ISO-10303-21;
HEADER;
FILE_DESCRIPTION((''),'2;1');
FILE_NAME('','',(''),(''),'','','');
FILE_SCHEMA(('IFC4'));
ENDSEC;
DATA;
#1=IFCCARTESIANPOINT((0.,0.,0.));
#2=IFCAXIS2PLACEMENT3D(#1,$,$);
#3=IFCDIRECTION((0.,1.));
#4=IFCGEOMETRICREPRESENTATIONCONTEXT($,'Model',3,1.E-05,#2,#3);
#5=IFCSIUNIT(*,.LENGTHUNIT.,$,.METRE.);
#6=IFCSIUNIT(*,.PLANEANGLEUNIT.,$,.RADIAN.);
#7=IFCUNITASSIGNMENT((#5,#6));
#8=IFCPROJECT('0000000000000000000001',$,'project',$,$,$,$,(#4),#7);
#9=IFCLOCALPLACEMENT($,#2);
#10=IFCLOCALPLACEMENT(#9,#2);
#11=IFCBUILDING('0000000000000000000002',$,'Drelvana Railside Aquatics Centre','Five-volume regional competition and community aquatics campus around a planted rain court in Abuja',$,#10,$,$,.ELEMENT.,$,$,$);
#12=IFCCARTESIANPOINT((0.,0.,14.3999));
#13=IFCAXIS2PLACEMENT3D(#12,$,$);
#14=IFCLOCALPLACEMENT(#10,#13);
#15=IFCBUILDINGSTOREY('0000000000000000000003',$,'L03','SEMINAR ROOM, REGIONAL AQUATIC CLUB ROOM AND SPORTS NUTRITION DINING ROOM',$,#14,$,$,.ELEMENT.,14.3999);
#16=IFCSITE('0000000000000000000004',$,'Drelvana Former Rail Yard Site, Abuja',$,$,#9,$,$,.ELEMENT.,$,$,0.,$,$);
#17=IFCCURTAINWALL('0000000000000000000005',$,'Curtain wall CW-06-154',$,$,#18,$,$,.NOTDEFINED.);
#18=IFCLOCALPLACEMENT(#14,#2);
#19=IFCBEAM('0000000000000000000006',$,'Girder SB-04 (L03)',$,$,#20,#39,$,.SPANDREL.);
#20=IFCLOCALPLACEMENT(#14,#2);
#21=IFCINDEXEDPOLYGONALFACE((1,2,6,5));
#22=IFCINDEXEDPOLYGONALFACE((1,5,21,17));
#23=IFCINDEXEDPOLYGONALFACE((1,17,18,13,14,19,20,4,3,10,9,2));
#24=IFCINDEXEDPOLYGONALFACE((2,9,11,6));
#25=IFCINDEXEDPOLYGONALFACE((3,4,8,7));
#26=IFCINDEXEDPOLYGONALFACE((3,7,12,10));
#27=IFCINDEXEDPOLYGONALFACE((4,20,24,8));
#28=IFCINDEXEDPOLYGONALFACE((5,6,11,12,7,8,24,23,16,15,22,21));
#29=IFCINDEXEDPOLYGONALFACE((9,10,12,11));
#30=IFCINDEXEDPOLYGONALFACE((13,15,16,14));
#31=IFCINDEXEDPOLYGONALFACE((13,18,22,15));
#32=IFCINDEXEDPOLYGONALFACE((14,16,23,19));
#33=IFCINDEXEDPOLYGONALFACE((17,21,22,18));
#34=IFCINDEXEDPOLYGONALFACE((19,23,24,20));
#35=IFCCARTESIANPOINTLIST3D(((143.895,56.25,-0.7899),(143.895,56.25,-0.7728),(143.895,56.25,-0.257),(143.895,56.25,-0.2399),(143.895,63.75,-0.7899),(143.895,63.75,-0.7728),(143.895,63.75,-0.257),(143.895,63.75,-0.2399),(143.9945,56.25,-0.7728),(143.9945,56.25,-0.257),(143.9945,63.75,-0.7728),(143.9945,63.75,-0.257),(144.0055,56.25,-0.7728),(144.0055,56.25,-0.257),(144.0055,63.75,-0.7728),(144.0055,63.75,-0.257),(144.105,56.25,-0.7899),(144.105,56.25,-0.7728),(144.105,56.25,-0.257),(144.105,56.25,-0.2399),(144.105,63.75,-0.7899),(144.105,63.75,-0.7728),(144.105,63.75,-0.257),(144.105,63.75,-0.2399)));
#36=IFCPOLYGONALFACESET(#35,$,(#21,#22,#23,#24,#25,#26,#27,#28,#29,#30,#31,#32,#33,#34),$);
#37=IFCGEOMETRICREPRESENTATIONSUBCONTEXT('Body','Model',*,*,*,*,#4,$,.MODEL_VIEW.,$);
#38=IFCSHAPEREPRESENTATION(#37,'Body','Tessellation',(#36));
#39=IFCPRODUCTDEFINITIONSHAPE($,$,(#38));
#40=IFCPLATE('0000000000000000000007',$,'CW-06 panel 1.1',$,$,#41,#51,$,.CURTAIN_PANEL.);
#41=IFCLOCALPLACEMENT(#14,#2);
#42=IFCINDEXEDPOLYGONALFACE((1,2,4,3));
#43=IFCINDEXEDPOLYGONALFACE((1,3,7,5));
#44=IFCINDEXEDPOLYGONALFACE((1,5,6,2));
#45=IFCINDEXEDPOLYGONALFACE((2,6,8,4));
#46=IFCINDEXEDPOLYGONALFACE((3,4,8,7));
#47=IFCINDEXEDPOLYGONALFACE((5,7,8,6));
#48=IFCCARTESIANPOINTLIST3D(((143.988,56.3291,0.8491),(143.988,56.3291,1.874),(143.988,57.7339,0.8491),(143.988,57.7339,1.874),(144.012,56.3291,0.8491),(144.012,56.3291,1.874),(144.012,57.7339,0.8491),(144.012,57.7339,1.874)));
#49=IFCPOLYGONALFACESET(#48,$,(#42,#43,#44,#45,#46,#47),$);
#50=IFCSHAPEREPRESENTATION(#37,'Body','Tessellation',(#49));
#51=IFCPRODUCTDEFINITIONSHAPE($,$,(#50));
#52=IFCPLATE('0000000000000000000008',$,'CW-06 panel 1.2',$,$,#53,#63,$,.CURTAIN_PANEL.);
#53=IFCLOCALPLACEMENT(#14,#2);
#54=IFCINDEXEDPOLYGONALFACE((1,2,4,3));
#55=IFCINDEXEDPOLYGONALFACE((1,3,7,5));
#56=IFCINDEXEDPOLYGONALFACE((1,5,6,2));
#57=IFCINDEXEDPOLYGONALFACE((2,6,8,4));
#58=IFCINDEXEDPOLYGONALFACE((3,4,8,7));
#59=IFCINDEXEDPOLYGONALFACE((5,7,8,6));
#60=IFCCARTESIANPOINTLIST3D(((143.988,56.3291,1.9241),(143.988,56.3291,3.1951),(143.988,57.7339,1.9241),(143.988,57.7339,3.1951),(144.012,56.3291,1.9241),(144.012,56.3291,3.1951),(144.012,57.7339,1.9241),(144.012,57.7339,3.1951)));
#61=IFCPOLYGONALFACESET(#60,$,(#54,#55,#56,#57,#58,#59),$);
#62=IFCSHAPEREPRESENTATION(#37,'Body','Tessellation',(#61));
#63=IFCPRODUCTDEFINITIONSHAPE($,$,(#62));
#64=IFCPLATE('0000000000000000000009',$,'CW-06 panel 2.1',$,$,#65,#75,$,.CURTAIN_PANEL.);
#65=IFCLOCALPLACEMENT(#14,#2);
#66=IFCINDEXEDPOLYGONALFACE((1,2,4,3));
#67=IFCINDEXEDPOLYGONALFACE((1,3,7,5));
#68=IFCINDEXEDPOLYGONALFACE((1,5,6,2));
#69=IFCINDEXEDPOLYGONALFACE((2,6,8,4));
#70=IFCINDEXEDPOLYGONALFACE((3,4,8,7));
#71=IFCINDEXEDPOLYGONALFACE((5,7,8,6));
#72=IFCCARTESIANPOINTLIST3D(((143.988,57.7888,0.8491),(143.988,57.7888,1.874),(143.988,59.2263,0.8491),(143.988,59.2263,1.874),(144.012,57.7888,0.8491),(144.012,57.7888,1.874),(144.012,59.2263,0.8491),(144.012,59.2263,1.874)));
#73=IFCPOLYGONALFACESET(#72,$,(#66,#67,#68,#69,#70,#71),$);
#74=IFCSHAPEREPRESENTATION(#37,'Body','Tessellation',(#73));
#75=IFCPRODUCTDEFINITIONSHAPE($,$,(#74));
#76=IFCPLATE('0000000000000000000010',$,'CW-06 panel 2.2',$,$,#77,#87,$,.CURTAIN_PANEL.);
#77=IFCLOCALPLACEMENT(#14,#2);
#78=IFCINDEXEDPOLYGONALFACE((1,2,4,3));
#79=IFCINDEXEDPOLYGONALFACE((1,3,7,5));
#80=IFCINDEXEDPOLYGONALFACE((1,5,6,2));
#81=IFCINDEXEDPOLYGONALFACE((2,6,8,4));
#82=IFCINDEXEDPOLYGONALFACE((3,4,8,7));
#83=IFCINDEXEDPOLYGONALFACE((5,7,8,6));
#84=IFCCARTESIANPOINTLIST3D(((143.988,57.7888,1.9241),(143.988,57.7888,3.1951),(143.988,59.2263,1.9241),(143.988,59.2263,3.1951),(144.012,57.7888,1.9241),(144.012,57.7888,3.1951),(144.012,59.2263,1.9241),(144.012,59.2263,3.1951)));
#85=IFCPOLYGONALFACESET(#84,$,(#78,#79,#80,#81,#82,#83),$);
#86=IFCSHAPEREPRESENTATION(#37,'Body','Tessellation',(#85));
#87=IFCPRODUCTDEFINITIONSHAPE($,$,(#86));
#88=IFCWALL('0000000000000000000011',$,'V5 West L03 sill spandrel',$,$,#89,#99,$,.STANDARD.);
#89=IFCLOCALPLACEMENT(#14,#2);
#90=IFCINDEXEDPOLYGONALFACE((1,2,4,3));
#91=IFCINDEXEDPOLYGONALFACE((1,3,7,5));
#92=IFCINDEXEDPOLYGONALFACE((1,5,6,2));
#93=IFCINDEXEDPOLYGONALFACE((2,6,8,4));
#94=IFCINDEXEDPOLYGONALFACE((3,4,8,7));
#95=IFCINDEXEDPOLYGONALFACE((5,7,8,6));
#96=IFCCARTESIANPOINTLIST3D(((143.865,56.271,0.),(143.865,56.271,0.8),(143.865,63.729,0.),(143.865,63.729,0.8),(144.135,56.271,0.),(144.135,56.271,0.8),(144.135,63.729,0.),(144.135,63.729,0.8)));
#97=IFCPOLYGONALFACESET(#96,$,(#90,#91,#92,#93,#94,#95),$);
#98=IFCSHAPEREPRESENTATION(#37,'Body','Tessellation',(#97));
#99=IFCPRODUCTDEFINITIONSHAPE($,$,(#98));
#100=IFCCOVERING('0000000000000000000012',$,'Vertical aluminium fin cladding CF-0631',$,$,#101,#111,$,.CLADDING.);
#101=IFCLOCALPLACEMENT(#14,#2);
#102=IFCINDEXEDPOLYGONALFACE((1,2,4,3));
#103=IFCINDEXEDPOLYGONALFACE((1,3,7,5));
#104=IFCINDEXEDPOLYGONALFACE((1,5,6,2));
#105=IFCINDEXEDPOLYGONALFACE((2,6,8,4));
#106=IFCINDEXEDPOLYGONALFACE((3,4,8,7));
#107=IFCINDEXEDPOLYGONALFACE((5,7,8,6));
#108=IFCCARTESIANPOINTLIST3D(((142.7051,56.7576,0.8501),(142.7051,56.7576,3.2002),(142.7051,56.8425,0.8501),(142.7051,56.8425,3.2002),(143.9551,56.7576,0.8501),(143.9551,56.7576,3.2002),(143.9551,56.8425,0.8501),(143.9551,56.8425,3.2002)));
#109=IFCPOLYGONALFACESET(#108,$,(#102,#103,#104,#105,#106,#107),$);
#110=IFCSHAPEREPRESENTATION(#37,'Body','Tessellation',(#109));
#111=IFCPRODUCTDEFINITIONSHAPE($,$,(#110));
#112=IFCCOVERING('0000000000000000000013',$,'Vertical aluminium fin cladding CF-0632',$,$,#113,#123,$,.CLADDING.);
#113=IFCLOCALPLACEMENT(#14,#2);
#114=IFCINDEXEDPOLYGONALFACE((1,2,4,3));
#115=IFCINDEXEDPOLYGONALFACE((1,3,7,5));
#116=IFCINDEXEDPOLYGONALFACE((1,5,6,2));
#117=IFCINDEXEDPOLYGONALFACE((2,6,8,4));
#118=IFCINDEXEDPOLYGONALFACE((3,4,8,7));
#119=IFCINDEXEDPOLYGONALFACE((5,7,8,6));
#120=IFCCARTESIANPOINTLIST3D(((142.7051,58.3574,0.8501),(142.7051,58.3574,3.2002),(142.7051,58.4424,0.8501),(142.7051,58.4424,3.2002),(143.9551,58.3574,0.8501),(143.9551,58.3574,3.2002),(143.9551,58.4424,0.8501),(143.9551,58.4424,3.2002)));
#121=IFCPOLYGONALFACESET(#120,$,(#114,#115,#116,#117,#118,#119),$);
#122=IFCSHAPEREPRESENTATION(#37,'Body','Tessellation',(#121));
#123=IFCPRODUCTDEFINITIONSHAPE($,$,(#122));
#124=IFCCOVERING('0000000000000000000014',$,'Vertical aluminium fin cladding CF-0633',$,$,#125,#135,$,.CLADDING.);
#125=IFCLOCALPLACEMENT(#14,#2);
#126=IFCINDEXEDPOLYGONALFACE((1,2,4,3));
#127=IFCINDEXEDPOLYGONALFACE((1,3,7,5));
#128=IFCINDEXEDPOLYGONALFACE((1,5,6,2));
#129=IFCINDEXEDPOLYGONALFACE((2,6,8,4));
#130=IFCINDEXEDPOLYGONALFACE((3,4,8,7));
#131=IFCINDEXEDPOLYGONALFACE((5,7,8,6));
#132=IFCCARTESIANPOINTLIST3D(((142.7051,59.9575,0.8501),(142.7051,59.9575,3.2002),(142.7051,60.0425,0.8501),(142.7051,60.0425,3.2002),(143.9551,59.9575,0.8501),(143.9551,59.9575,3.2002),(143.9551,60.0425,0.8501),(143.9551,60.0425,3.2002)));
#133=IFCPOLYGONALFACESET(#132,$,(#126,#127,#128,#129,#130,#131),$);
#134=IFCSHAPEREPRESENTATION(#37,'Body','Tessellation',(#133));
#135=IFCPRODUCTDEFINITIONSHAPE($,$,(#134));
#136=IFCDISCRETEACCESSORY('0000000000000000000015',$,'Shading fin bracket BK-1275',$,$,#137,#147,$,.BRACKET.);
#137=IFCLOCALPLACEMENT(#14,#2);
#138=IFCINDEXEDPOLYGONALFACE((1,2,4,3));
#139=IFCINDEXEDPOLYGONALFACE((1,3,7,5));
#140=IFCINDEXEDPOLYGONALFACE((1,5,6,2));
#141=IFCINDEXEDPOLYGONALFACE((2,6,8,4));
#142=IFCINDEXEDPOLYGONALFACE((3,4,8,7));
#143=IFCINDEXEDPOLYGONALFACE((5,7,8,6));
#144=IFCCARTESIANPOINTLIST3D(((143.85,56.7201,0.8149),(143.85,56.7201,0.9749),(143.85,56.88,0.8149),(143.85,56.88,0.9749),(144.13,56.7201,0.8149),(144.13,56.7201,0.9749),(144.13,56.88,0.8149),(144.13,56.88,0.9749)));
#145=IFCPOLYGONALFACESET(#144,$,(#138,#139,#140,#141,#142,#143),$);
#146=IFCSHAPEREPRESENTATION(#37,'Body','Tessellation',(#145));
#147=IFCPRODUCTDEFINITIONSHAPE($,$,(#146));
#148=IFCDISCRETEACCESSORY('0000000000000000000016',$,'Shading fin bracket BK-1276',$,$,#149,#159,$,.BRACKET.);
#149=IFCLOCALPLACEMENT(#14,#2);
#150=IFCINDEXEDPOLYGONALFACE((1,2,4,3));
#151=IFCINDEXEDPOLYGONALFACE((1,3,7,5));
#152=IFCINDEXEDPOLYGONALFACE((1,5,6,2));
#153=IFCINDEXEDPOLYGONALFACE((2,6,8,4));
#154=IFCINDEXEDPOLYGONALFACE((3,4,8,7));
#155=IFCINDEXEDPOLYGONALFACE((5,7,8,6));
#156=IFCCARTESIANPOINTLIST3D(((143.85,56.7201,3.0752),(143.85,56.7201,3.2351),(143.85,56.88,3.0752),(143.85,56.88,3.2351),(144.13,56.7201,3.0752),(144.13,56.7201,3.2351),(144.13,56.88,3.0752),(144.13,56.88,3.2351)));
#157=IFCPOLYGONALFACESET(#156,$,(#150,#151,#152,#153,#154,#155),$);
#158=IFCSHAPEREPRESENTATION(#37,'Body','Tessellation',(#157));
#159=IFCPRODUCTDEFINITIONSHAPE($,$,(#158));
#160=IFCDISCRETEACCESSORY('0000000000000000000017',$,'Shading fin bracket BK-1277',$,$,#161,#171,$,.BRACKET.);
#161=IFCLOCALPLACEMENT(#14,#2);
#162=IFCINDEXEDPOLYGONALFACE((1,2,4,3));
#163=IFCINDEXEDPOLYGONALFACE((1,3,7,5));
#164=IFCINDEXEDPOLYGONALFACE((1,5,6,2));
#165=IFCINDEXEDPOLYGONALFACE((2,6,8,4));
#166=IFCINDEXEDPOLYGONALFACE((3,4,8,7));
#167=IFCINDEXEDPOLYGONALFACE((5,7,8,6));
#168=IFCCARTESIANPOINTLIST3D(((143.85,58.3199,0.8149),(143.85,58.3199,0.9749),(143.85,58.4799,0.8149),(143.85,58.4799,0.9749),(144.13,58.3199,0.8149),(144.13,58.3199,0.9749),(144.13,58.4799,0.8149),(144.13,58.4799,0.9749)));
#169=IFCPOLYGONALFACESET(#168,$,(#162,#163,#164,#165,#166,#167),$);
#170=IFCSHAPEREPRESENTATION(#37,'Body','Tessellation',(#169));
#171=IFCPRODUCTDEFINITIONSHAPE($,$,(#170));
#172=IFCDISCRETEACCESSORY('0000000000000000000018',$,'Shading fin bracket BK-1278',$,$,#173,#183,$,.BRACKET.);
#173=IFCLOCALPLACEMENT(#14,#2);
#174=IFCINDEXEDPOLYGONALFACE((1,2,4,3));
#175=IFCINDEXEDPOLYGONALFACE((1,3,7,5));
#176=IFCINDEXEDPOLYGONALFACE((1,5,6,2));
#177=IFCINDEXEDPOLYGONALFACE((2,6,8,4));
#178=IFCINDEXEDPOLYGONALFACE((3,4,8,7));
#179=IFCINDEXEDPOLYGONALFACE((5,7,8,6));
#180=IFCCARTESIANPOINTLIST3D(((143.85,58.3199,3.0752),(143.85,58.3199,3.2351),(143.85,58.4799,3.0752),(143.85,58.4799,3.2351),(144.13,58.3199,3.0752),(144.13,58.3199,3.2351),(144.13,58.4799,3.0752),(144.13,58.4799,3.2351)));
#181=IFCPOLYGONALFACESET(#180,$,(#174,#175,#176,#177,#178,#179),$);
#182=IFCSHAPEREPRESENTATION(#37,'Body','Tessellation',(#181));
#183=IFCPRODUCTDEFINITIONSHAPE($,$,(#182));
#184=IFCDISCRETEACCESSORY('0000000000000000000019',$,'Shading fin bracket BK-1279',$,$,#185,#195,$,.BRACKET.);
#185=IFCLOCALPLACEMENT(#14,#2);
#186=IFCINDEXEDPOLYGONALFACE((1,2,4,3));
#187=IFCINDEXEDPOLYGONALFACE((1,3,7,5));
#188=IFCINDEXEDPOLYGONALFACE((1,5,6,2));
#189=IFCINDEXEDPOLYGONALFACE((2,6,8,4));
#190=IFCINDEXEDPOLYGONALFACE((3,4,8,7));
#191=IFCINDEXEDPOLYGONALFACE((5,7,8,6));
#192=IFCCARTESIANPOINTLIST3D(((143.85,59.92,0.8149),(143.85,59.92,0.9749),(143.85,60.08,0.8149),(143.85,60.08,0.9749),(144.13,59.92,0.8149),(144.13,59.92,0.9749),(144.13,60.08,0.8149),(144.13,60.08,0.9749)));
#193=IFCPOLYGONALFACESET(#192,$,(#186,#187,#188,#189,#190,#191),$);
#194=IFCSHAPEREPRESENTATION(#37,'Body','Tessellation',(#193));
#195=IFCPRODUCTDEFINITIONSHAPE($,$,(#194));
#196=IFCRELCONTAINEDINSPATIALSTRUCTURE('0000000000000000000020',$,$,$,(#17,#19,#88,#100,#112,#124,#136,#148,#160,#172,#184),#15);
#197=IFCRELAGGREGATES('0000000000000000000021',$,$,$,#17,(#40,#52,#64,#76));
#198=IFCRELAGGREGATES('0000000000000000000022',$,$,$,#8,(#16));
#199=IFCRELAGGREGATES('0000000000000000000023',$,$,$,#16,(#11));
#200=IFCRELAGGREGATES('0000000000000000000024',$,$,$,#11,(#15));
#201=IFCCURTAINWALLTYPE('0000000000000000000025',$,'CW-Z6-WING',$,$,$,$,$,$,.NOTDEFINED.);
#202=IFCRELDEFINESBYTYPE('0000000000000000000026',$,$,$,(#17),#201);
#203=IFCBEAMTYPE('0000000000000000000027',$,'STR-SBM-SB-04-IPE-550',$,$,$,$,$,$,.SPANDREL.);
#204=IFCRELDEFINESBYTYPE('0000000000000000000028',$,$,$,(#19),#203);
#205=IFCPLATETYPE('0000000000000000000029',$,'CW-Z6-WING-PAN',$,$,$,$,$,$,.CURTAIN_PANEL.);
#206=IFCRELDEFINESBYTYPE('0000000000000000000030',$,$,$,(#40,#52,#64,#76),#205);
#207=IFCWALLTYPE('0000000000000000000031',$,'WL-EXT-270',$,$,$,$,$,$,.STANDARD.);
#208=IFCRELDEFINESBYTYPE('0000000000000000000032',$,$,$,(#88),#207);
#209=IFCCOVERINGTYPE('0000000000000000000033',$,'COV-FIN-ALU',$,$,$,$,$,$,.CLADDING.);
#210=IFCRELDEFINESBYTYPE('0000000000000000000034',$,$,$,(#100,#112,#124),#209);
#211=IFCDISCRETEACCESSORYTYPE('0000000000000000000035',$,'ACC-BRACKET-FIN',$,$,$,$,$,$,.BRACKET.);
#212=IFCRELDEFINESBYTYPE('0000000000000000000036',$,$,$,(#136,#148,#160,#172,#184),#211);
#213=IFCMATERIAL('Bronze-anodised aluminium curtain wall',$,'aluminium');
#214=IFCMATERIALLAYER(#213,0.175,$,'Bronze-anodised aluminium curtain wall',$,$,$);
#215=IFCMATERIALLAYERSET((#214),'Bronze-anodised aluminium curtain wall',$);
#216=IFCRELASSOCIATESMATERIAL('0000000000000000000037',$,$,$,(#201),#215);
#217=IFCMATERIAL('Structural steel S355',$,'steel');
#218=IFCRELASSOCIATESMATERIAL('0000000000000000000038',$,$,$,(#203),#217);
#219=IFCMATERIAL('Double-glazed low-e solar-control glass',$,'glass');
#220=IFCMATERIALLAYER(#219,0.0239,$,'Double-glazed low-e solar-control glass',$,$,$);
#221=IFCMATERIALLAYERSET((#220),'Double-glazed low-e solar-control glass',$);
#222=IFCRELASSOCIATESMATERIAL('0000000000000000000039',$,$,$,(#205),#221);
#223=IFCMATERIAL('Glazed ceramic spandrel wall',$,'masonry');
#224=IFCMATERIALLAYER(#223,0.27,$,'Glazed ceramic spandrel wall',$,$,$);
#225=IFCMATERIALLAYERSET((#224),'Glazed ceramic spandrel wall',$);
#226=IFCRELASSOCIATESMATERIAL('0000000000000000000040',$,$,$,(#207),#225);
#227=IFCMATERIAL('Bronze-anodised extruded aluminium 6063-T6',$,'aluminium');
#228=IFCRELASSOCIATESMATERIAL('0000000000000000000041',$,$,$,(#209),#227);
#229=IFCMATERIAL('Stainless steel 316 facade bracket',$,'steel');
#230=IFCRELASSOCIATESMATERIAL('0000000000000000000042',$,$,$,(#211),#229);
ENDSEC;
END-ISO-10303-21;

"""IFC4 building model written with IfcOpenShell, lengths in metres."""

from ifc_helpers import new_model, si_unit, direction, frame, frame_2d, origin, origin_2d, place, context, subcontext, project, spatial, rectangle, i_section, extrude, material, layer, layer_set, material_profile, profile_set, type_object, element, aggregate, save


model = new_model("IFC4")

# Units and contexts
model_context = context("Model", 3, precision=1e-05, world=origin(), true_north=direction((0.0, 1.0)))
body_context = subcontext(model_context, "Body", "Model", "MODEL_VIEW")
ifc_project = project(units=[si_unit("LENGTHUNIT", "METRE"), si_unit("PLANEANGLEUNIT", "RADIAN")], contexts=[model_context])

# Site, building, storey
site_placement = place(None, origin())
site = spatial("IfcSite", under=ifc_project, at=site_placement, Name="Drelvana Former Rail Yard Site, Abuja", CompositionType="ELEMENT", RefElevation=0.0)
building_placement = place(site_placement, origin())
building = spatial("IfcBuilding", under=site, at=building_placement, Name="Drelvana Railside Aquatics Centre", Description="Five-volume regional competition and community aquatics campus around a planted rain court in Abuja", CompositionType="ELEMENT")
storey_placement = place(building_placement, frame((0.0, 0.0, 14.3999)))
storey = spatial("IfcBuildingStorey", under=building, at=storey_placement, Name="L03", Description="SEMINAR ROOM, REGIONAL AQUATIC CLUB ROOM AND SPORTS NUTRITION DINING ROOM", CompositionType="ELEMENT", Elevation=14.3999)

# Shared definitions
ifc_material_1 = material(Name="Bronze-anodised aluminium curtain wall", Category="aluminium")
ifc_layer_1 = layer(ifc_material_1, 0.175, Name="Bronze-anodised aluminium curtain wall")
ifc_layer_set_1 = layer_set([ifc_layer_1], Name="Bronze-anodised aluminium curtain wall")
curtain_wall_type = type_object("IfcCurtainWallType", Name="CW-Z6-WING", PredefinedType="NOTDEFINED", material=ifc_layer_set_1)

# Curtain wall
curtain_wall_1_placement = place(storey_placement, origin())
curtain_wall_1 = element("IfcCurtainWall", 1, at=curtain_wall_1_placement, inside=storey, type_object=curtain_wall_type, Name="Curtain wall CW-06-154", PredefinedType="NOTDEFINED")

# Beam
ifc_material_2 = material(Name="Structural steel S355", Category="steel")
ifc_material_profile_1 = material_profile(ifc_material_2, i_section(OverallWidth=0.21, OverallDepth=0.55, WebThickness=0.011, FlangeThickness=0.0171, at=origin_2d()), Name="IPE 550")
ifc_profile_set_1 = profile_set([ifc_material_profile_1], Name="Structural steel S355")
beam_type = type_object("IfcBeamType", Name="STR-SBM-SB-04-IPE-550", PredefinedType="SPANDREL", material=ifc_profile_set_1)
beam_placement = place(storey_placement, frame((144.0, 56.25, -0.5149), z_axis=(0.0, 1.0, 0.0), x_axis=(-1.0, 0.0, 0.0)))
element("IfcBeam", 2, at=beam_placement, inside=storey, type_object=beam_type, Name="Girder SB-04 (L03)", PredefinedType="SPANDREL", context=body_context, shape_type="SweptSolid", body=[
    extrude(i_section(OverallWidth=0.21, OverallDepth=0.55, WebThickness=0.011, FlangeThickness=0.0171, at=origin_2d()), origin(), (0.0, 0.0, 1.0), 7.5),
])

# Plates
ifc_material_3 = material(Name="Double-glazed low-e solar-control glass", Category="glass")
ifc_layer_2 = layer(ifc_material_3, 0.0239, Name="Double-glazed low-e solar-control glass")
ifc_layer_set_2 = layer_set([ifc_layer_2], Name="Double-glazed low-e solar-control glass")
plate_type = type_object("IfcPlateType", Name="CW-Z6-WING-PAN", PredefinedType="CURTAIN_PANEL", material=ifc_layer_set_2)
plate_1_placement = place(storey_placement, frame((144.0, 57.0315, 0.8491), z_axis=(0.0, 0.0, 1.0), x_axis=(0.0, 1.0, 0.0)))
plate_1 = element("IfcPlate", 3, at=plate_1_placement, type_object=plate_type, Name="CW-06 panel 1.1", PredefinedType="CURTAIN_PANEL", context=body_context, shape_type="SweptSolid", body=[
    extrude(rectangle(XDim=1.4048, YDim=0.0239, at=origin_2d()), origin(), (0.0, 0.0, 1.0), 1.0249),
])
plate_2_placement = place(storey_placement, frame((144.0, 57.0315, 1.9241), z_axis=(0.0, 0.0, 1.0), x_axis=(0.0, 1.0, 0.0)))
plate_2 = element("IfcPlate", 4, at=plate_2_placement, type_object=plate_type, Name="CW-06 panel 1.2", PredefinedType="CURTAIN_PANEL", context=body_context, shape_type="SweptSolid", body=[
    extrude(rectangle(XDim=1.4048, YDim=0.0239, at=origin_2d()), origin(), (0.0, 0.0, 1.0), 1.271),
])
plate_3_placement = place(storey_placement, frame((144.0, 58.5076, 0.8491), z_axis=(0.0, 0.0, 1.0), x_axis=(0.0, 1.0, 0.0)))
plate_3 = element("IfcPlate", 5, at=plate_3_placement, type_object=plate_type, Name="CW-06 panel 2.1", PredefinedType="CURTAIN_PANEL", context=body_context, shape_type="SweptSolid", body=[
    extrude(rectangle(XDim=1.4375, YDim=0.0239, at=origin_2d()), origin(), (0.0, 0.0, 1.0), 1.0249),
])
plate_4_placement = place(storey_placement, frame((144.0, 58.5076, 1.9241), z_axis=(0.0, 0.0, 1.0), x_axis=(0.0, 1.0, 0.0)))
plate_4 = element("IfcPlate", 6, at=plate_4_placement, type_object=plate_type, Name="CW-06 panel 2.2", PredefinedType="CURTAIN_PANEL", context=body_context, shape_type="SweptSolid", body=[
    extrude(rectangle(XDim=1.4375, YDim=0.0239, at=origin_2d()), origin(), (0.0, 0.0, 1.0), 1.271),
])
aggregate(curtain_wall_1, [plate_1, plate_2, plate_3, plate_4])

# Wall
ifc_material_4 = material(Name="Glazed ceramic spandrel wall", Category="masonry")
ifc_layer_3 = layer(ifc_material_4, 0.27, Name="Glazed ceramic spandrel wall")
ifc_layer_set_3 = layer_set([ifc_layer_3], Name="Glazed ceramic spandrel wall")
wall_type = type_object("IfcWallType", Name="WL-EXT-270", PredefinedType="STANDARD", material=ifc_layer_set_3)
wall_placement = place(storey_placement, frame((144.0, 56.271, 0.0), z_axis=(0.0, 0.0, 1.0), x_axis=(0.0, 1.0, 0.0)))
element("IfcWall", 7, at=wall_placement, inside=storey, type_object=wall_type, Name="V5 West L03 sill spandrel", PredefinedType="STANDARD", context=body_context, shape_type="SweptSolid", body=[
    extrude(rectangle(XDim=7.458, YDim=0.27, at=frame_2d((3.729, 0.0))), origin(), (0.0, 0.0, 1.0), 0.8),
])

# Coverings
ifc_material_5 = material(Name="Bronze-anodised extruded aluminium 6063-T6", Category="aluminium")
covering_type = type_object("IfcCoveringType", Name="COV-FIN-ALU", PredefinedType="CLADDING", material=ifc_material_5)
for number, where, z_axis, x_axis, name in (
    (8, (143.3301, 56.8, 0.8501), (0.0, 0.0, 1.0), (0.0, 1.0, 0.0), "Vertical aluminium fin cladding CF-0631"),
    (9, (143.3301, 58.3999, 0.8501), (0.0, 0.0, 1.0), (0.0, 1.0, 0.0), "Vertical aluminium fin cladding CF-0632"),
    (10, (143.3301, 60.0, 0.8501), (0.0, 0.0, 1.0), (0.0, 1.0, 0.0), "Vertical aluminium fin cladding CF-0633"),
):
    element("IfcCovering", number, at=place(storey_placement, frame(where, z_axis=z_axis, x_axis=x_axis)), inside=storey, type_object=covering_type, Name=name, PredefinedType="CLADDING", context=body_context, shape_type="SweptSolid", body=[
        extrude(rectangle(XDim=0.085, YDim=1.25, at=origin_2d()), origin(), (0.0, 0.0, 1.0), 2.3501),
    ])

# Discrete accessories
ifc_material_6 = material(Name="Stainless steel 316 facade bracket", Category="steel")
discrete_accessory_type = type_object("IfcDiscreteAccessoryType", Name="ACC-BRACKET-FIN", PredefinedType="BRACKET", material=ifc_material_6)
for number, where, z_axis, x_axis, name in (
    (11, (143.99, 56.8, 0.8149), (0.0, 0.0, 1.0), (-1.0, 0.0, 0.0), "Shading fin bracket BK-1275"),
    (12, (143.99, 56.8, 3.0752), (0.0, 0.0, 1.0), (-1.0, 0.0, 0.0), "Shading fin bracket BK-1276"),
    (13, (143.99, 58.3999, 0.8149), (0.0, 0.0, 1.0), (-1.0, 0.0, 0.0), "Shading fin bracket BK-1277"),
    (14, (143.99, 58.3999, 3.0752), (0.0, 0.0, 1.0), (-1.0, 0.0, 0.0), "Shading fin bracket BK-1278"),
    (15, (143.99, 60.0, 0.8149), (0.0, 0.0, 1.0), (-1.0, 0.0, 0.0), "Shading fin bracket BK-1279"),
):
    element("IfcDiscreteAccessory", number, at=place(storey_placement, frame(where, z_axis=z_axis, x_axis=x_axis)), inside=storey, type_object=discrete_accessory_type, Name=name, PredefinedType="BRACKET", context=body_context, shape_type="SweptSolid", body=[
        extrude(rectangle(XDim=0.28, YDim=0.1599, at=origin_2d()), origin(), (0.0, 0.0, 1.0), 0.1599),
    ])

save(model, "model.ifc")
